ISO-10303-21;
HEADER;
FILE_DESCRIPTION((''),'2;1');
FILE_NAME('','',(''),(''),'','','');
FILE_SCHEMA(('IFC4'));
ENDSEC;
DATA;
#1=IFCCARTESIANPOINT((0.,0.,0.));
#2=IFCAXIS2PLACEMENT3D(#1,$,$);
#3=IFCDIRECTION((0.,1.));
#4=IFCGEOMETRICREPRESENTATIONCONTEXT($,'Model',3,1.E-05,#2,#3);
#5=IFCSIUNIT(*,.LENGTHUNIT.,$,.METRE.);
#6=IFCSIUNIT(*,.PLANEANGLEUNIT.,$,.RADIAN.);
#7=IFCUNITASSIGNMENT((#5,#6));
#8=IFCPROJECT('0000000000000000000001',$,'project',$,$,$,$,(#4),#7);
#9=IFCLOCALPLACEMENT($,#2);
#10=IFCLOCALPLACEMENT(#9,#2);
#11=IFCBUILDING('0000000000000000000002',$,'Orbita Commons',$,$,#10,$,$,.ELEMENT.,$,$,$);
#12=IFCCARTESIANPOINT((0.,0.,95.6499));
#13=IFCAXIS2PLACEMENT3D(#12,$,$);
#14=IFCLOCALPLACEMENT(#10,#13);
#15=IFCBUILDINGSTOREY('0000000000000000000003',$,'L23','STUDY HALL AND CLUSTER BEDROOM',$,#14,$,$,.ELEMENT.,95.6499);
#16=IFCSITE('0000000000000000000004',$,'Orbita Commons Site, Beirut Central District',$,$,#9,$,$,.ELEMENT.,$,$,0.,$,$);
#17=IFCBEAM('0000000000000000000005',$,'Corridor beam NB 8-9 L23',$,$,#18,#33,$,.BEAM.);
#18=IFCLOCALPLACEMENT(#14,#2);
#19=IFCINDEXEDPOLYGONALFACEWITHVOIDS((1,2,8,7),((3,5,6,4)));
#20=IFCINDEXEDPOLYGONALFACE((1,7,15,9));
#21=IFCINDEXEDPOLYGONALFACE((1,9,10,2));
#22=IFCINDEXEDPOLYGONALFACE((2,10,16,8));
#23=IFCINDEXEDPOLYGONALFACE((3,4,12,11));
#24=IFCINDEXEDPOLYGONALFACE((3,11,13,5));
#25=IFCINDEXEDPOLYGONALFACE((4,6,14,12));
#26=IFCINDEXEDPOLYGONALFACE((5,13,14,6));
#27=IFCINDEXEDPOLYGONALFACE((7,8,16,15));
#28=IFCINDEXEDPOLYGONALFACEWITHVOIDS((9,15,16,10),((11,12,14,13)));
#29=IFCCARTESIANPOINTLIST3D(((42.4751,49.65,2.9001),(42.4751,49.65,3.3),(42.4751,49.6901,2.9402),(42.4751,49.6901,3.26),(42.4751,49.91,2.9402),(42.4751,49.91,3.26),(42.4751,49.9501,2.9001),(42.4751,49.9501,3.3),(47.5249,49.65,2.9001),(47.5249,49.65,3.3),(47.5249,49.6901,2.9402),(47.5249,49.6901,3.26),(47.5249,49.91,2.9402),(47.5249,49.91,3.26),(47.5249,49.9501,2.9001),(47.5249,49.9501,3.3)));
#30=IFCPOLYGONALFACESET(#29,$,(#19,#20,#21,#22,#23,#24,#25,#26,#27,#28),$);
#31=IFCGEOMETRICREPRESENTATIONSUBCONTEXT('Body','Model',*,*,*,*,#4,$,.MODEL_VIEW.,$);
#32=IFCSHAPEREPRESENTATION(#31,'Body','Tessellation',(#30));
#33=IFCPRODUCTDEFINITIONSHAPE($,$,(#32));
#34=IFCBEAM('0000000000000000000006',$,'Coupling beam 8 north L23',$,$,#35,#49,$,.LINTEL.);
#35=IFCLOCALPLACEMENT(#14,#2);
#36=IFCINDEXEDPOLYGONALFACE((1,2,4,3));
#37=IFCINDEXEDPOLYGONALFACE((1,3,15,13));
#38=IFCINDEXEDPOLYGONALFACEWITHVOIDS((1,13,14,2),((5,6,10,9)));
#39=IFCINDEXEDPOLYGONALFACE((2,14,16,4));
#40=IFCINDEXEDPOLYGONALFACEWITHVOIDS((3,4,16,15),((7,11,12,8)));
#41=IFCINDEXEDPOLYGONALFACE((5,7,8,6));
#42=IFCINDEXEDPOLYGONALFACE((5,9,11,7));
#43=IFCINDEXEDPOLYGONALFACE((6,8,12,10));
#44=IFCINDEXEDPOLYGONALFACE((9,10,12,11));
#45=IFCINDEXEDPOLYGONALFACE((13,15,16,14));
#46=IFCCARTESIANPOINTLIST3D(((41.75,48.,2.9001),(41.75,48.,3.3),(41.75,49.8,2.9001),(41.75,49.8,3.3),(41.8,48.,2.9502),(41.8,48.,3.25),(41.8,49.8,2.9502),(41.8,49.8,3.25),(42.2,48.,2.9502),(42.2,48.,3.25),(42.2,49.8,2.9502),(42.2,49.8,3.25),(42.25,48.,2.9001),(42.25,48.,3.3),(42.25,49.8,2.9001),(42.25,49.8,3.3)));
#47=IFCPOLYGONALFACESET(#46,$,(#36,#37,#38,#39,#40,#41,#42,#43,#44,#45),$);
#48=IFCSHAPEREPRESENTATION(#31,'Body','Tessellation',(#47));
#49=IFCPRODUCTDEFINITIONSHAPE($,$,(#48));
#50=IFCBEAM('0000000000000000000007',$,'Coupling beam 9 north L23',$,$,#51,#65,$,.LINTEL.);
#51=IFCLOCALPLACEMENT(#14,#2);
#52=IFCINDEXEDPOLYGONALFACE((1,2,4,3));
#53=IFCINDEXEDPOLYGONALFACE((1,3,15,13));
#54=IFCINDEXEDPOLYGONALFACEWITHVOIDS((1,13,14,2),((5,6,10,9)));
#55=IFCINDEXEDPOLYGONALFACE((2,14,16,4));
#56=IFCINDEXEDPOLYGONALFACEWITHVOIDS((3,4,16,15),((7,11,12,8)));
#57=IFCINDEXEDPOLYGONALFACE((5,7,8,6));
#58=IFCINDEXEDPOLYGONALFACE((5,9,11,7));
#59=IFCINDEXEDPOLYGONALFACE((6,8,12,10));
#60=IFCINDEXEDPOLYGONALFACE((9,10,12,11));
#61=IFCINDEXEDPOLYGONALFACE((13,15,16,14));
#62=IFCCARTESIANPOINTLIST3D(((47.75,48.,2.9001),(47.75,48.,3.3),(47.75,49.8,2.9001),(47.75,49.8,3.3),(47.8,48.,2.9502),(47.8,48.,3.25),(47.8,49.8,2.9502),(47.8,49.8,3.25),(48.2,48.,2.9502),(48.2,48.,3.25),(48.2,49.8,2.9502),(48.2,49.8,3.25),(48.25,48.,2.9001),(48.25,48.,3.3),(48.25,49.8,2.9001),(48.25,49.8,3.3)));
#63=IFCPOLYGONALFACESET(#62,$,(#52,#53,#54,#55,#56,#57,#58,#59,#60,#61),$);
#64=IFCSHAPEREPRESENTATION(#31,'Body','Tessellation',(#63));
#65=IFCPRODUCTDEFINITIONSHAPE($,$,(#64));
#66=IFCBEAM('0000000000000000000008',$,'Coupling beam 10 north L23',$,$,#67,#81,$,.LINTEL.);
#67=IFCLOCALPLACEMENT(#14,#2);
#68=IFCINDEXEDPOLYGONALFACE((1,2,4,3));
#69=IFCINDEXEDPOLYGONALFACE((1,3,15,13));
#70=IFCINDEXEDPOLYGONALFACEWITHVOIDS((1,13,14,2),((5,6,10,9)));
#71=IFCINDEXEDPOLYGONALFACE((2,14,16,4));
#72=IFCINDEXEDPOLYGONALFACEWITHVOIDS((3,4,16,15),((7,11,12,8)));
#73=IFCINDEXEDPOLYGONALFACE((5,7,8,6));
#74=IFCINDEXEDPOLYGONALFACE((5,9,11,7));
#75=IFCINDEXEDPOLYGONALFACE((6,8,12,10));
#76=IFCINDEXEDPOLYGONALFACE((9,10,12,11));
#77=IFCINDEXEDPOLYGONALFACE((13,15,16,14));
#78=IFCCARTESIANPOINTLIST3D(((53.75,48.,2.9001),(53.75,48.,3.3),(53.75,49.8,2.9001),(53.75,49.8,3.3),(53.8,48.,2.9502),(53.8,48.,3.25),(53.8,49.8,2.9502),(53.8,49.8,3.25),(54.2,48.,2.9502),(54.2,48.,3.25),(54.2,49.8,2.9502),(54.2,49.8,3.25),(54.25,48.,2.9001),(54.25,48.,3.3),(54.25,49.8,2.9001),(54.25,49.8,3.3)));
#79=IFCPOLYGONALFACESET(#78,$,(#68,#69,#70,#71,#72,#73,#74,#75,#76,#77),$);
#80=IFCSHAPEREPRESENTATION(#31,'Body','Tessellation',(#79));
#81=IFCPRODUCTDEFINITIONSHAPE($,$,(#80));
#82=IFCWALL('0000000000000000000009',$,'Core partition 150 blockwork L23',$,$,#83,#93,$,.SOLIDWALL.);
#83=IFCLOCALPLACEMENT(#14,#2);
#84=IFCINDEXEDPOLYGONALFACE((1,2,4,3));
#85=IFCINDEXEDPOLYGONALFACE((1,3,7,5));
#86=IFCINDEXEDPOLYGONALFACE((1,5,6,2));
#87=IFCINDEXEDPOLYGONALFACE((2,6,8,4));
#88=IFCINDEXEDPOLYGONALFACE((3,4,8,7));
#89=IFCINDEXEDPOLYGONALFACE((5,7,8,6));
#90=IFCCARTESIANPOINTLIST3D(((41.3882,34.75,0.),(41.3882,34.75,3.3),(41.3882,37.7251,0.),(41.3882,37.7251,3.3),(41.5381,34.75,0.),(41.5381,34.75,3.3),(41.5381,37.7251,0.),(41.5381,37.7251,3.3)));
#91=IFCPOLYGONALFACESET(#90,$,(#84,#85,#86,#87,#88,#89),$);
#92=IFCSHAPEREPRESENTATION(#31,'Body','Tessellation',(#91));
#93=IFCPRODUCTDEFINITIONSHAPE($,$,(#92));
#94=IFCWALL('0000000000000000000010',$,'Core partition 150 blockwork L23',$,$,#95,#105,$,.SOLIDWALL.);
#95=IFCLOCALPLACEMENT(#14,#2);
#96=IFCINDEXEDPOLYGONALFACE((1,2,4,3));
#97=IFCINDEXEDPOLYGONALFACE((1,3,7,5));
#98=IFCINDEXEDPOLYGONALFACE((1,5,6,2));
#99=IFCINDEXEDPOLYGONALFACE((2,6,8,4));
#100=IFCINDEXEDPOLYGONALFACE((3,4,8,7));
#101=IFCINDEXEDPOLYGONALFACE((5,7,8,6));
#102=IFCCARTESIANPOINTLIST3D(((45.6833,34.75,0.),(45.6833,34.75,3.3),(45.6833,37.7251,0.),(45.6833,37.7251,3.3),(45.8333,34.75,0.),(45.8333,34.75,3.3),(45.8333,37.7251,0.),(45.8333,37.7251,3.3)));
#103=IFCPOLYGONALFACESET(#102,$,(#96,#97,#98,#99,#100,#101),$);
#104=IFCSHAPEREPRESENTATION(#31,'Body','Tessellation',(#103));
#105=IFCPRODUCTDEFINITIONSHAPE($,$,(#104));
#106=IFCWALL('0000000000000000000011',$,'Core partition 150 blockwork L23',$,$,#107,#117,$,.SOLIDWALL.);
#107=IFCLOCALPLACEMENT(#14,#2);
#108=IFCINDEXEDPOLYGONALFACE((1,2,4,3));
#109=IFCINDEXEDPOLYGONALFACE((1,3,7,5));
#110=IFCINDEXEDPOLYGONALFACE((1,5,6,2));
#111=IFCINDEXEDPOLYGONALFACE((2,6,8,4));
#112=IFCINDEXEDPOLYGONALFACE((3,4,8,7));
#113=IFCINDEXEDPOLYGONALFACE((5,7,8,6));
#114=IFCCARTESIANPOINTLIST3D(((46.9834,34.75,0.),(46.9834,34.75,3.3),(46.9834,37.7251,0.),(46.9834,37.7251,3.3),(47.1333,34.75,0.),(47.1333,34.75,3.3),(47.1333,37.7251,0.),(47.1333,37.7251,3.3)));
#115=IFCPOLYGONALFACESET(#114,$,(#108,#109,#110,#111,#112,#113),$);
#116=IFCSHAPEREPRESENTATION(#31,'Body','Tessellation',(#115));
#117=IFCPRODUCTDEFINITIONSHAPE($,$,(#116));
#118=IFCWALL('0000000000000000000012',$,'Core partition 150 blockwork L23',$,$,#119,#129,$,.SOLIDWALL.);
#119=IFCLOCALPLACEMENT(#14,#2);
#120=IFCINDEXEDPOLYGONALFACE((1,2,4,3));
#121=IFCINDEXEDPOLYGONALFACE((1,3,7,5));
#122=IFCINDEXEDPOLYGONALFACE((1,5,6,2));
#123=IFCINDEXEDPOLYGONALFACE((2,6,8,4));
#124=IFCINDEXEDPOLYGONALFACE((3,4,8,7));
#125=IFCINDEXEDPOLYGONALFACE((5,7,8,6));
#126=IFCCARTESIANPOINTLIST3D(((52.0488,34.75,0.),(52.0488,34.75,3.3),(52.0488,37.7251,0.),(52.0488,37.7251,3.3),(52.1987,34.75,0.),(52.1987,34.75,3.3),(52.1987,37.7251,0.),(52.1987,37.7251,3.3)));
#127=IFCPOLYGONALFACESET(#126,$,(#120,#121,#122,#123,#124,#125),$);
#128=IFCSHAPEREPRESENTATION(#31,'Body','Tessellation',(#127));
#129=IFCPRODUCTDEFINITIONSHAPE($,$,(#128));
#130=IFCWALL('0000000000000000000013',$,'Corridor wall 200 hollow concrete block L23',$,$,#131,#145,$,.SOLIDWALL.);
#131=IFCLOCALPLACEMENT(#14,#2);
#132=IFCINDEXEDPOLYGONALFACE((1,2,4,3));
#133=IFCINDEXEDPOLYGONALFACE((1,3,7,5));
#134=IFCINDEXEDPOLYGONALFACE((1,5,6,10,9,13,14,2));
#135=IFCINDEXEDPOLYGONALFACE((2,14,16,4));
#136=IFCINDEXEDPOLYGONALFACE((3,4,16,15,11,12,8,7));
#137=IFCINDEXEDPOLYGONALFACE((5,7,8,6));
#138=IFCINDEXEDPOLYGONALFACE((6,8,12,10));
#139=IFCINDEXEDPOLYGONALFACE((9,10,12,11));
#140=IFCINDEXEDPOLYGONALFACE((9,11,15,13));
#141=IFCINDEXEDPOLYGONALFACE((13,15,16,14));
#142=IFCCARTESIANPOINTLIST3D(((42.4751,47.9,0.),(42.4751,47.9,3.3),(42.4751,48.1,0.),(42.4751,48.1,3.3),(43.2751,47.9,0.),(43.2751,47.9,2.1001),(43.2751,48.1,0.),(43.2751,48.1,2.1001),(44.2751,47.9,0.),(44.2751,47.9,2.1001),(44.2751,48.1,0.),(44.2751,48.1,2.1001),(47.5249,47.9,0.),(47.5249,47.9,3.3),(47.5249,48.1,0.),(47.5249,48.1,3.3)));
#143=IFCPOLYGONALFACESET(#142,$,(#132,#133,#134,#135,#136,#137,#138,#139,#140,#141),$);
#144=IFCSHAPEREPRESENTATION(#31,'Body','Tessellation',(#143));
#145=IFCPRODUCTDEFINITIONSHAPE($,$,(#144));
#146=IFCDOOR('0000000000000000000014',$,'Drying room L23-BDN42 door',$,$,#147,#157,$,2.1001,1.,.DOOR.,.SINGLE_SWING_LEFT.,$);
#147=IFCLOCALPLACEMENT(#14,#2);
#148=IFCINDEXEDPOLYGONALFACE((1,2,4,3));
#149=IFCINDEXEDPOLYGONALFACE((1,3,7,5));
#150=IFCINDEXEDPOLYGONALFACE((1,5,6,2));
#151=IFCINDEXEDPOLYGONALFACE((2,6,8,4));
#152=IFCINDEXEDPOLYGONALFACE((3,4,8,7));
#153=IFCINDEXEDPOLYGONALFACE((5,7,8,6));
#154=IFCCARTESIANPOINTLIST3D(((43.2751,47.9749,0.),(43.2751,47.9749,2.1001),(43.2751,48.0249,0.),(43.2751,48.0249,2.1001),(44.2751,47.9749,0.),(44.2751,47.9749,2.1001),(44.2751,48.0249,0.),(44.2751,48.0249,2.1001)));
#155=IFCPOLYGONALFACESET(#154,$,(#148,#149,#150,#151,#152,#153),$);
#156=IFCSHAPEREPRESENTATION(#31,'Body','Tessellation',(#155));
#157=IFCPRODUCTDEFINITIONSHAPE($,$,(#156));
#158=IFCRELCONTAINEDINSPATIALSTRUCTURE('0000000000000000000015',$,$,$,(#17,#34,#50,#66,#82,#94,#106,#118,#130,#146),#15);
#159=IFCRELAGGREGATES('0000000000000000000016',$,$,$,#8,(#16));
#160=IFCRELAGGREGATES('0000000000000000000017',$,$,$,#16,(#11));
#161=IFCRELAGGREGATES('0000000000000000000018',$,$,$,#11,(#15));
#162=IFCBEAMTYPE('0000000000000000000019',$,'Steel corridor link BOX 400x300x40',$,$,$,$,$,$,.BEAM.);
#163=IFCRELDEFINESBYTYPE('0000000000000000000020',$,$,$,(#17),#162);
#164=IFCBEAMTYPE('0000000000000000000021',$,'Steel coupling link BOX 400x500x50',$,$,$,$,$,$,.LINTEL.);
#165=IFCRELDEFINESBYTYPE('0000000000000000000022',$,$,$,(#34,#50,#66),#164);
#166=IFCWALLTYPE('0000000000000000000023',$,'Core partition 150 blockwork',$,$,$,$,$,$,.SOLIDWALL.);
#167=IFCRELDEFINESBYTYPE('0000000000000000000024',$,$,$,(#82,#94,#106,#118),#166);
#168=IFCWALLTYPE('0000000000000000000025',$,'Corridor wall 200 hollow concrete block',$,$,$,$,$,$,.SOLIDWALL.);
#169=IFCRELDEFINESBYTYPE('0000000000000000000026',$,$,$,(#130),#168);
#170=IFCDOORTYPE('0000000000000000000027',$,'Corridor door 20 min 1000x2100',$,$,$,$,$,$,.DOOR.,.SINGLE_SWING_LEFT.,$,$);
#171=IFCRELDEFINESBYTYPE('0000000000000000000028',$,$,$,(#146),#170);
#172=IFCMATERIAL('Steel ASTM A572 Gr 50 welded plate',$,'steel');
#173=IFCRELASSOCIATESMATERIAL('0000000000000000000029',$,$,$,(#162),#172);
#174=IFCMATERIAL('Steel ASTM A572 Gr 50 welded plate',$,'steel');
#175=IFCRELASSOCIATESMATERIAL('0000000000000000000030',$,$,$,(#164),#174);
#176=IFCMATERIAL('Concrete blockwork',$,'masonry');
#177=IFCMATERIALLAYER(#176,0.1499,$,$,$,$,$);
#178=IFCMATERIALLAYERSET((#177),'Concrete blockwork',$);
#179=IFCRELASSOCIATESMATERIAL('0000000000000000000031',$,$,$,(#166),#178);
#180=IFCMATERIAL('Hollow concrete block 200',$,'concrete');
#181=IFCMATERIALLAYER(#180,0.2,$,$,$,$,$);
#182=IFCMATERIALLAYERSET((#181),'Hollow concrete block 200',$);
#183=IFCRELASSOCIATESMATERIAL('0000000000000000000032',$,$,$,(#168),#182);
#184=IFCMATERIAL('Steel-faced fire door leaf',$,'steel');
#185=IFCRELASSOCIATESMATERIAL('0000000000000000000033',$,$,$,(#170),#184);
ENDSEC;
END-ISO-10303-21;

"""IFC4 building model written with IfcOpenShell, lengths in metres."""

from ifc_helpers import new_model, si_unit, direction, frame, frame_2d, origin, origin_2d, place, context, subcontext, project, spatial, rectangle, hollow_rectangle, extrude, material, layer, layer_set, material_profile, profile_set, type_object, element, fill, save


model = new_model("IFC4")

# Units and contexts
model_context = context("Model", 3, precision=1e-05, world=origin(), true_north=direction((0.0, 1.0)))
body_context = subcontext(model_context, "Body", "Model", "MODEL_VIEW")
ifc_project = project(units=[si_unit("LENGTHUNIT", "METRE"), si_unit("PLANEANGLEUNIT", "RADIAN")], contexts=[model_context])

# Site, building, storey
site_placement = place(None, origin())
site = spatial("IfcSite", under=ifc_project, at=site_placement, Name="Orbita Commons Site, Beirut Central District", CompositionType="ELEMENT", RefElevation=0.0)
building_placement = place(site_placement, origin())
building = spatial("IfcBuilding", under=site, at=building_placement, Name="Orbita Commons", CompositionType="ELEMENT")
storey_placement = place(building_placement, frame((0.0, 0.0, 95.6499)))
storey = spatial("IfcBuildingStorey", under=building, at=storey_placement, Name="L23", Description="STUDY HALL AND CLUSTER BEDROOM", CompositionType="ELEMENT", Elevation=95.6499)

# Beams
ifc_material_1 = material(Name="Steel ASTM A572 Gr 50 welded plate", Category="steel")
ifc_material_profile_1 = material_profile(ifc_material_1, hollow_rectangle(XDim=0.3, YDim=0.3999, WallThickness=0.04, at=origin_2d()), Name="BOX 400x300x40")
ifc_profile_set_1 = profile_set([ifc_material_profile_1], Name="Steel ASTM A572 Gr 50 welded plate")
beam_type_1 = type_object("IfcBeamType", Name="Steel corridor link BOX 400x300x40", PredefinedType="BEAM", material=ifc_profile_set_1)
beam_placement = place(storey_placement, frame((42.4751, 49.8, 3.1001), z_axis=(1.0, 0.0, 0.0), x_axis=(0.0, 1.0, 0.0)))
element("IfcBeam", 1, at=beam_placement, inside=storey, type_object=beam_type_1, Name="Corridor beam NB 8-9 L23", PredefinedType="BEAM", context=body_context, shape_type="SweptSolid", body=[
    extrude(hollow_rectangle(XDim=0.3, YDim=0.3999, WallThickness=0.04, at=origin_2d()), origin(), (0.0, 0.0, 1.0), 5.0498),
])
ifc_material_2 = material(Name="Steel ASTM A572 Gr 50 welded plate", Category="steel")
ifc_material_profile_2 = material_profile(ifc_material_2, hollow_rectangle(XDim=0.5, YDim=0.3999, WallThickness=0.05, at=origin_2d()), Name="BOX 400x500x50")
ifc_profile_set_2 = profile_set([ifc_material_profile_2], Name="Steel ASTM A572 Gr 50 welded plate")
beam_type_2 = type_object("IfcBeamType", Name="Steel coupling link BOX 400x500x50", PredefinedType="LINTEL", material=ifc_profile_set_2)
for number, where, z_axis, x_axis, name in (
    (2, (42.0, 48.0, 3.1001), (0.0, 1.0, 0.0), (-1.0, 0.0, 0.0), "Coupling beam 8 north L23"),
    (3, (48.0, 48.0, 3.1001), (0.0, 1.0, 0.0), (-1.0, 0.0, 0.0), "Coupling beam 9 north L23"),
    (4, (54.0, 48.0, 3.1001), (0.0, 1.0, 0.0), (-1.0, 0.0, 0.0), "Coupling beam 10 north L23"),
):
    element("IfcBeam", number, at=place(storey_placement, frame(where, z_axis=z_axis, x_axis=x_axis)), inside=storey, type_object=beam_type_2, Name=name, PredefinedType="LINTEL", context=body_context, shape_type="SweptSolid", body=[
        extrude(hollow_rectangle(XDim=0.5, YDim=0.3999, WallThickness=0.05, at=origin_2d()), origin(), (0.0, 0.0, 1.0), 1.8),
    ])

# Walls
ifc_material_3 = material(Name="Concrete blockwork", Category="masonry")
ifc_layer_1 = layer(ifc_material_3, 0.1499)
ifc_layer_set_1 = layer_set([ifc_layer_1], Name="Concrete blockwork")
wall_type_1 = type_object("IfcWallType", Name="Core partition 150 blockwork", PredefinedType="SOLIDWALL", material=ifc_layer_set_1)
for number, where, z_axis, x_axis, name in (
    (5, (41.4631, 34.75, 0.0), (0.0, 0.0, 1.0), (0.0, 1.0, 0.0), "Core partition 150 blockwork L23"),
    (6, (45.7583, 34.75, 0.0), (0.0, 0.0, 1.0), (0.0, 1.0, 0.0), "Core partition 150 blockwork L23"),
    (7, (47.0583, 34.75, 0.0), (0.0, 0.0, 1.0), (0.0, 1.0, 0.0), "Core partition 150 blockwork L23"),
    (8, (52.1238, 34.75, 0.0), (0.0, 0.0, 1.0), (0.0, 1.0, 0.0), "Core partition 150 blockwork L23"),
):
    element("IfcWall", number, at=place(storey_placement, frame(where, z_axis=z_axis, x_axis=x_axis)), inside=storey, type_object=wall_type_1, Name=name, PredefinedType="SOLIDWALL", context=body_context, shape_type="SweptSolid", body=[
        extrude(rectangle(XDim=2.9751, YDim=0.1499, at=frame_2d((1.4875, 0.0))), origin(), (0.0, 0.0, 1.0), 3.3),
    ])

# Wall, opening, door
ifc_material_4 = material(Name="Hollow concrete block 200", Category="concrete")
ifc_layer_2 = layer(ifc_material_4, 0.2)
ifc_layer_set_2 = layer_set([ifc_layer_2], Name="Hollow concrete block 200")
wall_type_2 = type_object("IfcWallType", Name="Corridor wall 200 hollow concrete block", PredefinedType="SOLIDWALL", material=ifc_layer_set_2)
wall_1_placement = place(storey_placement, frame((42.4751, 48.0, 0.0), z_axis=(0.0, 0.0, 1.0), x_axis=(1.0, 0.0, 0.0)))
wall_1 = element("IfcWall", 9, at=wall_1_placement, inside=storey, type_object=wall_type_2, Name="Corridor wall 200 hollow concrete block L23", PredefinedType="SOLIDWALL", context=body_context, shape_type="SweptSolid", body=[
    extrude(rectangle(XDim=5.0498, YDim=0.2, at=frame_2d((2.5249, 0.0))), origin(), (0.0, 0.0, 1.0), 3.3),
])
opening_1_placement = place(wall_1_placement, frame((0.8, 0.0, 0.0)))
opening_1 = element("IfcOpeningElement", 10, at=opening_1_placement, cuts=wall_1, PredefinedType="OPENING", context=body_context, shape_type="SweptSolid", body=[
    extrude(rectangle(XDim=1.0, YDim=2.1001, at=frame_2d((0.5, 1.05))), frame((0.0, 0.1099, 0.0), z_axis=(0.0, -1.0, 0.0), x_axis=(1.0, 0.0, 0.0)), (0.0, 0.0, 1.0), 0.22),
])
ifc_material_5 = material(Name="Steel-faced fire door leaf", Category="steel")
door_type_1 = type_object("IfcDoorType", Name="Corridor door 20 min 1000x2100", OperationType="SINGLE_SWING_LEFT", PredefinedType="DOOR", material=ifc_material_5)
door_1_placement = place(opening_1_placement, origin())
door_1 = element("IfcDoor", 11, at=door_1_placement, inside=storey, type_object=door_type_1, Name="Drying room L23-BDN42 door", OperationType="SINGLE_SWING_LEFT", OverallHeight=2.1001, OverallWidth=1.0, PredefinedType="DOOR", context=body_context, shape_type="SweptSolid", body=[
    extrude(rectangle(XDim=1.0, YDim=2.1001, at=frame_2d((0.5, 1.05))), frame((0.0, 0.0249, 0.0), z_axis=(0.0, -1.0, 0.0), x_axis=(1.0, 0.0, 0.0)), (0.0, 0.0, 1.0), 0.05),
])
fill(opening_1, door_1)

save(model, "model.ifc")
